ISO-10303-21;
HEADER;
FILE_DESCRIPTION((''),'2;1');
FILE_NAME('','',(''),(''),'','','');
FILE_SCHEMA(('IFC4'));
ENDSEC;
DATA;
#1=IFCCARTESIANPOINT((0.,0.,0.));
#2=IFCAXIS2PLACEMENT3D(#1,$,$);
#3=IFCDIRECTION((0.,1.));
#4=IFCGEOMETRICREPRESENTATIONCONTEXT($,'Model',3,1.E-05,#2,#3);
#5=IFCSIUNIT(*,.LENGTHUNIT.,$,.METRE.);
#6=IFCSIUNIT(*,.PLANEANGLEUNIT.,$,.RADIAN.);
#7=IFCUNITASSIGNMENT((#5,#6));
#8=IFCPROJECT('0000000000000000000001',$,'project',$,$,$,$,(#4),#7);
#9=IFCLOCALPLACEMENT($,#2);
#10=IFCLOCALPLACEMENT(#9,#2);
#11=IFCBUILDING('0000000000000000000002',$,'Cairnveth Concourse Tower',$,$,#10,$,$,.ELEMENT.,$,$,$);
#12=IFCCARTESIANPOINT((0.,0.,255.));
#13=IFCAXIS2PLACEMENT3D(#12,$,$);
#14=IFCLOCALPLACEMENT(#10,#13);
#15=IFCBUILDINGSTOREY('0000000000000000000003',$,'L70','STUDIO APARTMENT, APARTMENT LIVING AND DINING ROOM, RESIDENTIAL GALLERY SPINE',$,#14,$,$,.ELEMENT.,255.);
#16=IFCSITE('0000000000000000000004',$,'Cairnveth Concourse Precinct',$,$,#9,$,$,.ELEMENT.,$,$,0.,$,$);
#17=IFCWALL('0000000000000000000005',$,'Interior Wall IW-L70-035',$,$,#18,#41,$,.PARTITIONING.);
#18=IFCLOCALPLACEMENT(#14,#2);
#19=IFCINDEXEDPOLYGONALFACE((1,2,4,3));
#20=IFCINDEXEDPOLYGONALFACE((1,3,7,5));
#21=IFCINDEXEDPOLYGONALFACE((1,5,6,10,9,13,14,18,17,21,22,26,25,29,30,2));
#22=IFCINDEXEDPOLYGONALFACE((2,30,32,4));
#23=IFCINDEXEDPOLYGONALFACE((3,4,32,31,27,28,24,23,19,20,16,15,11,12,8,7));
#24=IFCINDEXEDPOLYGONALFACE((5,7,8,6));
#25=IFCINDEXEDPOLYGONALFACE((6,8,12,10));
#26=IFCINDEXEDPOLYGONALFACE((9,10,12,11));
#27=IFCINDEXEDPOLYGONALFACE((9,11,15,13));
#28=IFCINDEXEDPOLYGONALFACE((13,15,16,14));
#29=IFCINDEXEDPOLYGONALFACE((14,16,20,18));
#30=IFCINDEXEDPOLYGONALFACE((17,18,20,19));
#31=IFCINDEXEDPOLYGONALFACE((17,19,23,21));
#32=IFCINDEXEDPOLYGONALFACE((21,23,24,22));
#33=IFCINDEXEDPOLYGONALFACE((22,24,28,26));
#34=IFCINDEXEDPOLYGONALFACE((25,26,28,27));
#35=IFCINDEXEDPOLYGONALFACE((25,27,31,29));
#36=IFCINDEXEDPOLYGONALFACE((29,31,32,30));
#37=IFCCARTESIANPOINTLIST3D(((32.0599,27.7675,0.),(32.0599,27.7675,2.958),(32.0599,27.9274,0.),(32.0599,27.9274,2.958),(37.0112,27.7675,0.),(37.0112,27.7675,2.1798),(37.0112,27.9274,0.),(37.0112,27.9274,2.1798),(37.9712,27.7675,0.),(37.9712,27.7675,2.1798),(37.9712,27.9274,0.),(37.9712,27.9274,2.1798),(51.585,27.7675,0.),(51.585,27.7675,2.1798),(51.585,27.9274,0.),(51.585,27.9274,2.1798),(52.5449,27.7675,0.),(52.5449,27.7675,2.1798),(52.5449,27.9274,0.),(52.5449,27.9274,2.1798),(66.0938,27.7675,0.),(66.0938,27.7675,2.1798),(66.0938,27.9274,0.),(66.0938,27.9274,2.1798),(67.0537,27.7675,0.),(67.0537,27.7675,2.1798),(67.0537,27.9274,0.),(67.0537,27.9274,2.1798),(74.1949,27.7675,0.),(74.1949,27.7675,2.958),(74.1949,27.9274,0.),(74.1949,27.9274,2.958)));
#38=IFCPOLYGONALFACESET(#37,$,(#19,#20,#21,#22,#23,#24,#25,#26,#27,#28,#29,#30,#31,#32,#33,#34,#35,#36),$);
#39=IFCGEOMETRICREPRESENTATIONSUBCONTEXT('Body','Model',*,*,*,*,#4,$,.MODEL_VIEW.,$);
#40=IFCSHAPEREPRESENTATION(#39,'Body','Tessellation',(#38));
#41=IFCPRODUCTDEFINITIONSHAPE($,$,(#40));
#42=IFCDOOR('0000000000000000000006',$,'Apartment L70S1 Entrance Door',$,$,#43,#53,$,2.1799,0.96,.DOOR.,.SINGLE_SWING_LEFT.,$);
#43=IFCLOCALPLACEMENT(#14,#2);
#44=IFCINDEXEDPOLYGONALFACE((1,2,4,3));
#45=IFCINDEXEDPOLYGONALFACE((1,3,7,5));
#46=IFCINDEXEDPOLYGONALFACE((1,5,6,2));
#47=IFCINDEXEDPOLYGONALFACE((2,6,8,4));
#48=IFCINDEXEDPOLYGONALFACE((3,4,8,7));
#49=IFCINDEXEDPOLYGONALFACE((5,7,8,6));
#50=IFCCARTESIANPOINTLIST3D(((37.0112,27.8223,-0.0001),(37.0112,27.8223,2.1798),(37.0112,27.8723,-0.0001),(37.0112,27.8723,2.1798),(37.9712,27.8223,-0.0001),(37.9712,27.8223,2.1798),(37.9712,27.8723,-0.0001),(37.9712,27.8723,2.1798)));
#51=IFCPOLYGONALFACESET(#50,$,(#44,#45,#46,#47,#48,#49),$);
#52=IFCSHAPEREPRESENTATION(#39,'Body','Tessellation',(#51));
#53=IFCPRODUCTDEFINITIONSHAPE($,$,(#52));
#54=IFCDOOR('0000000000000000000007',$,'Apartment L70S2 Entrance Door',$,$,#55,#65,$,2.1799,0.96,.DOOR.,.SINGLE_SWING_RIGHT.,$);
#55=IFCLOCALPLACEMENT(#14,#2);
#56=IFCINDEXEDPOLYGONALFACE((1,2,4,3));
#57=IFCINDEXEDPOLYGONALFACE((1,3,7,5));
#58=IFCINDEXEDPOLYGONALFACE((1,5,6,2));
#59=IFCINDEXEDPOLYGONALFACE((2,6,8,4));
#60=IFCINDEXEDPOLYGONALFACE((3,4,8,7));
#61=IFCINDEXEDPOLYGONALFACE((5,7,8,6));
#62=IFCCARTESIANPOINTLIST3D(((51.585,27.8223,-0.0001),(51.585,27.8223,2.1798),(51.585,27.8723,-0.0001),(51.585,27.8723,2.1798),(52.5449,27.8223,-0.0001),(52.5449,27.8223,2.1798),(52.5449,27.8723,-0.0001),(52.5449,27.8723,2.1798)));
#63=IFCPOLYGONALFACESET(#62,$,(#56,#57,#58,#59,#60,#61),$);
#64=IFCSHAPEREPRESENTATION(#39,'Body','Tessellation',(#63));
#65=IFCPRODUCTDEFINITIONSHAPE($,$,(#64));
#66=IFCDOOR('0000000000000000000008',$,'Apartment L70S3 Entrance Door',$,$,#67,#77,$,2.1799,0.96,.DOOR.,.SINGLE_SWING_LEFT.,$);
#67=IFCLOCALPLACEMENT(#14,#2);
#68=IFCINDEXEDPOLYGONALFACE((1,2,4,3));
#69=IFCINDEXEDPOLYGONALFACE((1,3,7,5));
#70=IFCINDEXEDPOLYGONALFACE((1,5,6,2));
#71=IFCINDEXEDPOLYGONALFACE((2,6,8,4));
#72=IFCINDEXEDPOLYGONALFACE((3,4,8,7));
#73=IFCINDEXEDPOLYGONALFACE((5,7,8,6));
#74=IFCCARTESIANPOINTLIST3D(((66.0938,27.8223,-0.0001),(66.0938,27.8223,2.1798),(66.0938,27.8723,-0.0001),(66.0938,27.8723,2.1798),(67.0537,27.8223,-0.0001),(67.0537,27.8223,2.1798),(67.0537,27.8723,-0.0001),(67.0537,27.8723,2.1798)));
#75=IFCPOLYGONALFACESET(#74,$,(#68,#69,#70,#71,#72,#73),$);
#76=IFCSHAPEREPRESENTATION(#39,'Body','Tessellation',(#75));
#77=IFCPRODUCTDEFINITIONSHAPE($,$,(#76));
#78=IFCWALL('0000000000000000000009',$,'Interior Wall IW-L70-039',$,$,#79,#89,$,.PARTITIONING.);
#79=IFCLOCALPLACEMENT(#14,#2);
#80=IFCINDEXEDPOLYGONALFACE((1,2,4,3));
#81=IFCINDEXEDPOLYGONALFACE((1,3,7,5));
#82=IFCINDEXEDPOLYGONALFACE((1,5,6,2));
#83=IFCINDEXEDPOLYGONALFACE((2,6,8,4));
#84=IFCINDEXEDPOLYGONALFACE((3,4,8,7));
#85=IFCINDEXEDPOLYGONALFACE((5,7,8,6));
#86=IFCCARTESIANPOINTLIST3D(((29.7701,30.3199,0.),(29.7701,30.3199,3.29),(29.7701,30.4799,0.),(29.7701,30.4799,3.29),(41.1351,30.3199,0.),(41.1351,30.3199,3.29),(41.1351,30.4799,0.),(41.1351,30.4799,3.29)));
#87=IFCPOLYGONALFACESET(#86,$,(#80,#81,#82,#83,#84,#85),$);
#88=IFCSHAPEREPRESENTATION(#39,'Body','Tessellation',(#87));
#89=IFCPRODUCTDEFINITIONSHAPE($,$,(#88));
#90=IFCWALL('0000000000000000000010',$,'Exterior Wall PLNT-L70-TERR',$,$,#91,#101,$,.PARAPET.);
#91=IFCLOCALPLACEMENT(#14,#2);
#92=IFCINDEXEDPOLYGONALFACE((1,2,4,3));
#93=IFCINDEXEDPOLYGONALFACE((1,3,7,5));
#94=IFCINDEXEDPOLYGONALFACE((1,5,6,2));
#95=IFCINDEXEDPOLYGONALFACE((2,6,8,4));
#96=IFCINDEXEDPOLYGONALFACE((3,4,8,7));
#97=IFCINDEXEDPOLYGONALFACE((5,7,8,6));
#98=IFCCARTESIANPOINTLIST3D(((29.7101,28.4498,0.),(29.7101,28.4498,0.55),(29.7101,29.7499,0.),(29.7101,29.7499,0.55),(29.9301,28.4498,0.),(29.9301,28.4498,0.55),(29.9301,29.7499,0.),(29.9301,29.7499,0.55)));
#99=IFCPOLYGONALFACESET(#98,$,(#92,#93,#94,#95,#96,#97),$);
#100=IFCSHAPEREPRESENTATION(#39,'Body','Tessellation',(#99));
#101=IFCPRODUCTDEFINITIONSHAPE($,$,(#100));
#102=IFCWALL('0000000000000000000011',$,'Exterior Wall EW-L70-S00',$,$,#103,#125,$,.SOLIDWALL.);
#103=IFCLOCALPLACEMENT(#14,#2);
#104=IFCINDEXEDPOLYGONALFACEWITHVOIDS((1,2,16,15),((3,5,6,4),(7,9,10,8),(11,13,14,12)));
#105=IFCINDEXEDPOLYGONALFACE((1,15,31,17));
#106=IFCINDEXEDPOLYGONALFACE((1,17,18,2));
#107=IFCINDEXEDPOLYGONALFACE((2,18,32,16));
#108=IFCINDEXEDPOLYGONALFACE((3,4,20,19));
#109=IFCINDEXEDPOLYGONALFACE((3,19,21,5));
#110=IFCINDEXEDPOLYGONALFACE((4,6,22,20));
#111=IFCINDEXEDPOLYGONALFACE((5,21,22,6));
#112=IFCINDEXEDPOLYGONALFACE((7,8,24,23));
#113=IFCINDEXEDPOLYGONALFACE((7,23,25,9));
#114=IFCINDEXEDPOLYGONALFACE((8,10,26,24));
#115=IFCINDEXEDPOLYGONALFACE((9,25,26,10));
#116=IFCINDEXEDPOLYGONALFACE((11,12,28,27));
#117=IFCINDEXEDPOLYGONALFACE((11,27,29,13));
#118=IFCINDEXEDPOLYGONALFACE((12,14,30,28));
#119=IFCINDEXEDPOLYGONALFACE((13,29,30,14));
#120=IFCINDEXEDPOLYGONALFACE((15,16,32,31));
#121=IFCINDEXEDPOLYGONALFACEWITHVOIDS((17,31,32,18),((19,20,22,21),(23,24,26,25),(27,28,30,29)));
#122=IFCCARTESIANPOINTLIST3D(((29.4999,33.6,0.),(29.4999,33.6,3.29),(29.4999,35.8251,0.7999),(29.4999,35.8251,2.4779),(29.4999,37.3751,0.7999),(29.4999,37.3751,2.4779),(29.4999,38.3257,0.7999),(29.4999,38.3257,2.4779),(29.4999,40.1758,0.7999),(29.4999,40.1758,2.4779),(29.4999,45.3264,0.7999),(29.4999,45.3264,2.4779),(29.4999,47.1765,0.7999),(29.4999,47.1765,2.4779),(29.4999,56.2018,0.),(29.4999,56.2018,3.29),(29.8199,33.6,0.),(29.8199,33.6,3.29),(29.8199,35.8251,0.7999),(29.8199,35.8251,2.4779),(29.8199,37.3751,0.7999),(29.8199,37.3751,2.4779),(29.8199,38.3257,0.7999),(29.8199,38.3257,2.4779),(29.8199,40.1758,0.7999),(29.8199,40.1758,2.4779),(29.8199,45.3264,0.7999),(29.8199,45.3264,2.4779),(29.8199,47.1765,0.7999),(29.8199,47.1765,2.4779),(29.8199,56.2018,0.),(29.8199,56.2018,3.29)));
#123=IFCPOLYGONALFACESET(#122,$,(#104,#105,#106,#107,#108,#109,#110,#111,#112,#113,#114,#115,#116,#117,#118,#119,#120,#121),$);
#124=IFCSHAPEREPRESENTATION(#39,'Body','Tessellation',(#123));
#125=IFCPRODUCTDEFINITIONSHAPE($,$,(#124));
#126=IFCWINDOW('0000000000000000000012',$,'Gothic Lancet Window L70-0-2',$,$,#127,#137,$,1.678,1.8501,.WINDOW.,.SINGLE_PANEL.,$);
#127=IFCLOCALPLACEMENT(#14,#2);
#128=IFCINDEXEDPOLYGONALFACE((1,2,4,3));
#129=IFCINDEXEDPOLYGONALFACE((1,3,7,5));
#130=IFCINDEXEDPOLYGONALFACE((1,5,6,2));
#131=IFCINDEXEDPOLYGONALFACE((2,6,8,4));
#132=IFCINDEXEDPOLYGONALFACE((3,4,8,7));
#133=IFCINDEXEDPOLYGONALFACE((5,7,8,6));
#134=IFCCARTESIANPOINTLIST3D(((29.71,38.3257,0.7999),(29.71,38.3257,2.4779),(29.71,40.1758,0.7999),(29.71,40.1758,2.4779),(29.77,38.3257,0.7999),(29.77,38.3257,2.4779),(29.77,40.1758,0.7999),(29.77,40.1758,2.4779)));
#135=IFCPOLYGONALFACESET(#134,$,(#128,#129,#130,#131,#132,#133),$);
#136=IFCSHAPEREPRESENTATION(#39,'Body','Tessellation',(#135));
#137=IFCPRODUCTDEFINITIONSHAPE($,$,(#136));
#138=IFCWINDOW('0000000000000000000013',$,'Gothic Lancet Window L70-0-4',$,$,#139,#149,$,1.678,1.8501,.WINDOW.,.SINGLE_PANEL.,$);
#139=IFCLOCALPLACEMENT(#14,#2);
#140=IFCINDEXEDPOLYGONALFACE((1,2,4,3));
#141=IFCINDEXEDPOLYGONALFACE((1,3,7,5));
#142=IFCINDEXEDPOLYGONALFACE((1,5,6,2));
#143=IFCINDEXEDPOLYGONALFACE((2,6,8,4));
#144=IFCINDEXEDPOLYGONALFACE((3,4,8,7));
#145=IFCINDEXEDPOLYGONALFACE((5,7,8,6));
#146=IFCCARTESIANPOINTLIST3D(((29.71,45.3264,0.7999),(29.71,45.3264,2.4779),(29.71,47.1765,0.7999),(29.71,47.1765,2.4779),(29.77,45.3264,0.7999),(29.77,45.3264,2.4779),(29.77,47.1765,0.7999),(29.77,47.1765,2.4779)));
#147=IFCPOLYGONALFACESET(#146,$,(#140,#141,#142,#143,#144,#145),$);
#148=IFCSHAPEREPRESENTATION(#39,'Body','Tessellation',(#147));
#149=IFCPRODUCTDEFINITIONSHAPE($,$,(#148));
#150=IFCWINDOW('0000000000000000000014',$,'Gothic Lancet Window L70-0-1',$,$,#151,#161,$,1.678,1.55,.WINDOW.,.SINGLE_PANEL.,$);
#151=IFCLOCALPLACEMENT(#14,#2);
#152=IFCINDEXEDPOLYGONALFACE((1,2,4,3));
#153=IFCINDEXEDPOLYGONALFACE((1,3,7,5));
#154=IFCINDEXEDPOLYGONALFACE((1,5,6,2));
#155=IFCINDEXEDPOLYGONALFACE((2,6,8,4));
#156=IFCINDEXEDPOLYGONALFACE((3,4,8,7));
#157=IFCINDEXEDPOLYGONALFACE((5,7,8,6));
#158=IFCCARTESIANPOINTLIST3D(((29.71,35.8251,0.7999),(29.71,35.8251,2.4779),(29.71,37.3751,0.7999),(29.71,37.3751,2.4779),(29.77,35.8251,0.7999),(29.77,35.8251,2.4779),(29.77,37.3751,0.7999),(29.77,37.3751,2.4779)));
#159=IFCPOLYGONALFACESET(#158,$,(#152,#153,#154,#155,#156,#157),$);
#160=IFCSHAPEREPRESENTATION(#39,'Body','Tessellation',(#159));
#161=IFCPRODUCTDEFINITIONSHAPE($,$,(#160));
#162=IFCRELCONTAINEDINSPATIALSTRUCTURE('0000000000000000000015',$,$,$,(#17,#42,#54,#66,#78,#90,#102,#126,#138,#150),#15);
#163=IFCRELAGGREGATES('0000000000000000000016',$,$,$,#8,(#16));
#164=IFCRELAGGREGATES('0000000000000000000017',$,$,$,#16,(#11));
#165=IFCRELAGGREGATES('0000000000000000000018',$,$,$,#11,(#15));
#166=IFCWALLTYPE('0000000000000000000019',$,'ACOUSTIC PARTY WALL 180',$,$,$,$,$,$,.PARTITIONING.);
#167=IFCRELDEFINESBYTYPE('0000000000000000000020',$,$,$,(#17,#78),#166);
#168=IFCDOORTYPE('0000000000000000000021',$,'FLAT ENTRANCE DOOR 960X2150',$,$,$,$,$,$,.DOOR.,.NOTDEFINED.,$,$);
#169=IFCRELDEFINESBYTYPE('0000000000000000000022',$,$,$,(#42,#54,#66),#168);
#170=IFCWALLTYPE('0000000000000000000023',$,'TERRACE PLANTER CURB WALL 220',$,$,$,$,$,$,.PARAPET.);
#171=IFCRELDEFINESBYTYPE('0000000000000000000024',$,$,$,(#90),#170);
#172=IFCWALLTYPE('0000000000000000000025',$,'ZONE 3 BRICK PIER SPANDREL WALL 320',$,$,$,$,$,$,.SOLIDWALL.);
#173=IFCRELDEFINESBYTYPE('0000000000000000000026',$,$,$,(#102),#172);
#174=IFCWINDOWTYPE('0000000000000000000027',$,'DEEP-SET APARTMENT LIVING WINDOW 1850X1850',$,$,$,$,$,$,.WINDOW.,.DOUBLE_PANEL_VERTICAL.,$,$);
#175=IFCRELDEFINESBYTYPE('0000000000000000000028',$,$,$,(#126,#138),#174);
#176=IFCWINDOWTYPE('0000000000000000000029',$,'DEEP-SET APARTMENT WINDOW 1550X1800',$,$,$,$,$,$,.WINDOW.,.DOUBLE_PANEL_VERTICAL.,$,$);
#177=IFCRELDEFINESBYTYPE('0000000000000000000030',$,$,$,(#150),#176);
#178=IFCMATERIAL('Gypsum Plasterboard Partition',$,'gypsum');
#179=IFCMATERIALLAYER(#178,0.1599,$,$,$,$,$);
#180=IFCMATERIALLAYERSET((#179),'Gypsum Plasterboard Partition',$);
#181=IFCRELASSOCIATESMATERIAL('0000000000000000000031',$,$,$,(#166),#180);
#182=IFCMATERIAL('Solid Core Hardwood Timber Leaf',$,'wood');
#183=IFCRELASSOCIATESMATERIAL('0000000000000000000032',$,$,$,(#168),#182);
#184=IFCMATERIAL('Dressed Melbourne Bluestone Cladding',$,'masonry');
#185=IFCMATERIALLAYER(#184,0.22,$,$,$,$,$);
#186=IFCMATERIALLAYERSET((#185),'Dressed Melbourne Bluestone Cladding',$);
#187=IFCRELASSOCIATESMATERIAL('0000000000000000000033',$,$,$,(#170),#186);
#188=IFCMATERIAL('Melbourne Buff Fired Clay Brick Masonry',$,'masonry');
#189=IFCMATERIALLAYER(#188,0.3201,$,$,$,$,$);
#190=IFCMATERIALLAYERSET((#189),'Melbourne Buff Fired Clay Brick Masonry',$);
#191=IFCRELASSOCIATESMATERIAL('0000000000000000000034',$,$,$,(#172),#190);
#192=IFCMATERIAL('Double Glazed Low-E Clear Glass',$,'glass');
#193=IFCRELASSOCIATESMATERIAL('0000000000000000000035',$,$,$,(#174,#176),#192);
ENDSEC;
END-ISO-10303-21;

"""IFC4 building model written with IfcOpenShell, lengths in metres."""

from ifc_helpers import new_model, si_unit, direction, frame, frame_2d, origin, place, context, subcontext, project, spatial, rectangle, extrude, material, layer, layer_set, type_object, element, fill, save


model = new_model("IFC4")

# Units and contexts
model_context = context("Model", 3, precision=1e-05, world=origin(), true_north=direction((0.0, 1.0)))
body_context = subcontext(model_context, "Body", "Model", "MODEL_VIEW")
ifc_project = project(units=[si_unit("LENGTHUNIT", "METRE"), si_unit("PLANEANGLEUNIT", "RADIAN")], contexts=[model_context])

# Site, building, storey
site_placement = place(None, origin())
site = spatial("IfcSite", under=ifc_project, at=site_placement, Name="Cairnveth Concourse Precinct", CompositionType="ELEMENT", RefElevation=0.0)
building_placement = place(site_placement, origin())
building = spatial("IfcBuilding", under=site, at=building_placement, Name="Cairnveth Concourse Tower", CompositionType="ELEMENT")
storey_placement = place(building_placement, frame((0.0, 0.0, 255.0)))
storey = spatial("IfcBuildingStorey", under=building, at=storey_placement, Name="L70", Description="STUDIO APARTMENT, APARTMENT LIVING AND DINING ROOM, RESIDENTIAL GALLERY SPINE", CompositionType="ELEMENT", Elevation=255.0)

# Wall, openings, doors
ifc_material_1 = material(Name="Gypsum Plasterboard Partition", Category="gypsum")
ifc_layer_1 = layer(ifc_material_1, 0.1599)
ifc_layer_set_1 = layer_set([ifc_layer_1], Name="Gypsum Plasterboard Partition")
wall_type_1 = type_object("IfcWallType", Name="ACOUSTIC PARTY WALL 180", PredefinedType="PARTITIONING", material=ifc_layer_set_1)
wall_1_placement = place(storey_placement, frame((32.0601, 27.8474, 0.0), z_axis=(0.0, 0.0, 1.0), x_axis=(1.0, 0.0, 0.0)))
wall_1 = element("IfcWall", 1, at=wall_1_placement, inside=storey, type_object=wall_type_1, Name="Interior Wall IW-L70-035", PredefinedType="PARTITIONING", context=body_context, shape_type="SweptSolid", body=[
    extrude(rectangle(XDim=42.135, YDim=0.1599, at=frame_2d((21.0674, 0.0))), origin(), (0.0, 0.0, 1.0), 2.958),
])
opening_1_placement = place(wall_1_placement, frame((4.9512, 0.0, 0.0)))
opening_1 = element("IfcOpeningElement", 2, at=opening_1_placement, cuts=wall_1, PredefinedType="OPENING", context=body_context, shape_type="SweptSolid", body=[
    extrude(rectangle(XDim=0.96, YDim=2.1799, at=frame_2d((0.48, 1.0898))), frame((0.0, 0.0898, 0.0), z_axis=(0.0, -1.0, 0.0), x_axis=(1.0, 0.0, 0.0)), (0.0, 0.0, 1.0), 0.1799),
])
opening_2_placement = place(wall_1_placement, frame((19.5249, 0.0, 0.0)))
opening_2 = element("IfcOpeningElement", 3, at=opening_2_placement, cuts=wall_1, PredefinedType="OPENING", context=body_context, shape_type="SweptSolid", body=[
    extrude(rectangle(XDim=0.96, YDim=2.1799, at=frame_2d((0.48, 1.0898))), frame((0.0, 0.0898, 0.0), z_axis=(0.0, -1.0, 0.0), x_axis=(1.0, 0.0, 0.0)), (0.0, 0.0, 1.0), 0.1799),
])
opening_3_placement = place(wall_1_placement, frame((34.0337, 0.0, 0.0)))
opening_3 = element("IfcOpeningElement", 4, at=opening_3_placement, cuts=wall_1, PredefinedType="OPENING", context=body_context, shape_type="SweptSolid", body=[
    extrude(rectangle(XDim=0.96, YDim=2.1799, at=frame_2d((0.48, 1.0898))), frame((0.0, 0.0898, 0.0), z_axis=(0.0, -1.0, 0.0), x_axis=(1.0, 0.0, 0.0)), (0.0, 0.0, 1.0), 0.1799),
])
ifc_material_2 = material(Name="Solid Core Hardwood Timber Leaf", Category="wood")
door_type_1 = type_object("IfcDoorType", Name="FLAT ENTRANCE DOOR 960X2150", OperationType="NOTDEFINED", PredefinedType="DOOR", material=ifc_material_2)
door_1_placement = place(opening_1_placement, origin())
door_1 = element("IfcDoor", 5, at=door_1_placement, inside=storey, type_object=door_type_1, Name="Apartment L70S1 Entrance Door", OperationType="SINGLE_SWING_LEFT", OverallHeight=2.1799, OverallWidth=0.96, PredefinedType="DOOR", context=body_context, shape_type="SweptSolid", body=[
    extrude(rectangle(XDim=0.96, YDim=2.1799, at=frame_2d((0.48, 1.0898))), frame((0.0, 0.0249, 0.0), z_axis=(0.0, -1.0, 0.0), x_axis=(1.0, 0.0, 0.0)), (0.0, 0.0, 1.0), 0.05),
])
fill(opening_1, door_1)
door_2_placement = place(opening_2_placement, origin())
door_2 = element("IfcDoor", 6, at=door_2_placement, inside=storey, type_object=door_type_1, Name="Apartment L70S2 Entrance Door", OperationType="SINGLE_SWING_RIGHT", OverallHeight=2.1799, OverallWidth=0.96, PredefinedType="DOOR", context=body_context, shape_type="SweptSolid", body=[
    extrude(rectangle(XDim=0.96, YDim=2.1799, at=frame_2d((0.48, 1.0898))), frame((0.0, 0.0249, 0.0), z_axis=(0.0, -1.0, 0.0), x_axis=(1.0, 0.0, 0.0)), (0.0, 0.0, 1.0), 0.05),
])
fill(opening_2, door_2)
door_3_placement = place(opening_3_placement, origin())
door_3 = element("IfcDoor", 7, at=door_3_placement, inside=storey, type_object=door_type_1, Name="Apartment L70S3 Entrance Door", OperationType="SINGLE_SWING_LEFT", OverallHeight=2.1799, OverallWidth=0.96, PredefinedType="DOOR", context=body_context, shape_type="SweptSolid", body=[
    extrude(rectangle(XDim=0.96, YDim=2.1799, at=frame_2d((0.48, 1.0898))), frame((0.0, 0.0249, 0.0), z_axis=(0.0, -1.0, 0.0), x_axis=(1.0, 0.0, 0.0)), (0.0, 0.0, 1.0), 0.05),
])
fill(opening_3, door_3)

# Walls
wall_2_placement = place(storey_placement, frame((29.77, 30.3999, 0.0), z_axis=(0.0, 0.0, 1.0), x_axis=(1.0, 0.0, 0.0)))
element("IfcWall", 8, at=wall_2_placement, inside=storey, type_object=wall_type_1, Name="Interior Wall IW-L70-039", PredefinedType="PARTITIONING", context=body_context, shape_type="SweptSolid", body=[
    extrude(rectangle(XDim=11.365, YDim=0.1599, at=frame_2d((5.6826, 0.0))), origin(), (0.0, 0.0, 1.0), 3.29),
])
ifc_material_3 = material(Name="Dressed Melbourne Bluestone Cladding", Category="masonry")
ifc_layer_2 = layer(ifc_material_3, 0.22)
ifc_layer_set_2 = layer_set([ifc_layer_2], Name="Dressed Melbourne Bluestone Cladding")
wall_type_2 = type_object("IfcWallType", Name="TERRACE PLANTER CURB WALL 220", PredefinedType="PARAPET", material=ifc_layer_set_2)
wall_3_placement = place(storey_placement, frame((29.8201, 28.45, 0.0), z_axis=(0.0, 0.0, 1.0), x_axis=(0.0, 1.0, 0.0)))
element("IfcWall", 9, at=wall_3_placement, inside=storey, type_object=wall_type_2, Name="Exterior Wall PLNT-L70-TERR", PredefinedType="PARAPET", context=body_context, shape_type="SweptSolid", body=[
    extrude(rectangle(XDim=1.3, YDim=0.22, at=frame_2d((0.6499, 0.0))), origin(), (0.0, 0.0, 1.0), 0.55),
])

# Wall, openings, windows
ifc_material_4 = material(Name="Melbourne Buff Fired Clay Brick Masonry", Category="masonry")
ifc_layer_3 = layer(ifc_material_4, 0.3201)
ifc_layer_set_3 = layer_set([ifc_layer_3], Name="Melbourne Buff Fired Clay Brick Masonry")
wall_type_3 = type_object("IfcWallType", Name="ZONE 3 BRICK PIER SPANDREL WALL 320", PredefinedType="SOLIDWALL", material=ifc_layer_set_3)
wall_4_placement = place(storey_placement, frame((29.6599, 33.6001, 0.0), z_axis=(0.0, 0.0, 1.0), x_axis=(0.0, 1.0, 0.0)))
wall_4 = element("IfcWall", 10, at=wall_4_placement, inside=storey, type_object=wall_type_3, Name="Exterior Wall EW-L70-S00", PredefinedType="SOLIDWALL", context=body_context, shape_type="SweptSolid", body=[
    extrude(rectangle(XDim=22.6018, YDim=0.3201, at=frame_2d((11.3008, 0.0))), origin(), (0.0, 0.0, 1.0), 3.29),
])
opening_4_placement = place(wall_4_placement, frame((2.2251, 0.0, 0.8)))
opening_4 = element("IfcOpeningElement", 11, at=opening_4_placement, cuts=wall_4, PredefinedType="OPENING", context=body_context, shape_type="SweptSolid", body=[
    extrude(rectangle(XDim=1.55, YDim=1.678, at=frame_2d((0.7749, 0.8389))), frame((0.0, 0.1699, 0.0), z_axis=(0.0, -1.0, 0.0), x_axis=(1.0, 0.0, 0.0)), (0.0, 0.0, 1.0), 0.3401),
])
opening_5_placement = place(wall_4_placement, frame((4.7256, 0.0, 0.8)))
opening_5 = element("IfcOpeningElement", 12, at=opening_5_placement, cuts=wall_4, PredefinedType="OPENING", context=body_context, shape_type="SweptSolid", body=[
    extrude(rectangle(XDim=1.8501, YDim=1.678, at=frame_2d((0.925, 0.8389))), frame((0.0, 0.1699, 0.0), z_axis=(0.0, -1.0, 0.0), x_axis=(1.0, 0.0, 0.0)), (0.0, 0.0, 1.0), 0.3401),
])
opening_6_placement = place(wall_4_placement, frame((11.7263, 0.0, 0.8)))
opening_6 = element("IfcOpeningElement", 13, at=opening_6_placement, cuts=wall_4, PredefinedType="OPENING", context=body_context, shape_type="SweptSolid", body=[
    extrude(rectangle(XDim=1.8501, YDim=1.678, at=frame_2d((0.925, 0.8389))), frame((0.0, 0.1699, 0.0), z_axis=(0.0, -1.0, 0.0), x_axis=(1.0, 0.0, 0.0)), (0.0, 0.0, 1.0), 0.3401),
])
ifc_material_5 = material(Name="Double Glazed Low-E Clear Glass", Category="glass")
window_type_1 = type_object("IfcWindowType", Name="DEEP-SET APARTMENT LIVING WINDOW 1850X1850", PartitioningType="DOUBLE_PANEL_VERTICAL", PredefinedType="WINDOW", material=ifc_material_5)
window_1_placement = place(opening_5_placement, origin())
window_1 = element("IfcWindow", 14, at=window_1_placement, inside=storey, type_object=window_type_1, Name="Gothic Lancet Window L70-0-2", OverallHeight=1.678, OverallWidth=1.8501, PartitioningType="SINGLE_PANEL", PredefinedType="WINDOW", context=body_context, shape_type="SweptSolid", body=[
    extrude(rectangle(XDim=1.8501, YDim=1.678, at=frame_2d((0.925, 0.8389))), frame((0.0, -0.05, 0.0), z_axis=(0.0, -1.0, 0.0), x_axis=(1.0, 0.0, 0.0)), (0.0, 0.0, 1.0), 0.0601),
])
fill(opening_5, window_1)
window_2_placement = place(opening_6_placement, origin())
window_2 = element("IfcWindow", 15, at=window_2_placement, inside=storey, type_object=window_type_1, Name="Gothic Lancet Window L70-0-4", OverallHeight=1.678, OverallWidth=1.8501, PartitioningType="SINGLE_PANEL", PredefinedType="WINDOW", context=body_context, shape_type="SweptSolid", body=[
    extrude(rectangle(XDim=1.8501, YDim=1.678, at=frame_2d((0.925, 0.8389))), frame((0.0, -0.05, 0.0), z_axis=(0.0, -1.0, 0.0), x_axis=(1.0, 0.0, 0.0)), (0.0, 0.0, 1.0), 0.0601),
])
fill(opening_6, window_2)
window_type_2 = type_object("IfcWindowType", Name="DEEP-SET APARTMENT WINDOW 1550X1800", PartitioningType="DOUBLE_PANEL_VERTICAL", PredefinedType="WINDOW", material=ifc_material_5)
window_3_placement = place(opening_4_placement, origin())
window_3 = element("IfcWindow", 16, at=window_3_placement, inside=storey, type_object=window_type_2, Name="Gothic Lancet Window L70-0-1", OverallHeight=1.678, OverallWidth=1.55, PartitioningType="SINGLE_PANEL", PredefinedType="WINDOW", context=body_context, shape_type="SweptSolid", body=[
    extrude(rectangle(XDim=1.55, YDim=1.678, at=frame_2d((0.7749, 0.8389))), frame((0.0, -0.05, 0.0), z_axis=(0.0, -1.0, 0.0), x_axis=(1.0, 0.0, 0.0)), (0.0, 0.0, 1.0), 0.0601),
])
fill(opening_4, window_3)

save(model, "model.ifc")
